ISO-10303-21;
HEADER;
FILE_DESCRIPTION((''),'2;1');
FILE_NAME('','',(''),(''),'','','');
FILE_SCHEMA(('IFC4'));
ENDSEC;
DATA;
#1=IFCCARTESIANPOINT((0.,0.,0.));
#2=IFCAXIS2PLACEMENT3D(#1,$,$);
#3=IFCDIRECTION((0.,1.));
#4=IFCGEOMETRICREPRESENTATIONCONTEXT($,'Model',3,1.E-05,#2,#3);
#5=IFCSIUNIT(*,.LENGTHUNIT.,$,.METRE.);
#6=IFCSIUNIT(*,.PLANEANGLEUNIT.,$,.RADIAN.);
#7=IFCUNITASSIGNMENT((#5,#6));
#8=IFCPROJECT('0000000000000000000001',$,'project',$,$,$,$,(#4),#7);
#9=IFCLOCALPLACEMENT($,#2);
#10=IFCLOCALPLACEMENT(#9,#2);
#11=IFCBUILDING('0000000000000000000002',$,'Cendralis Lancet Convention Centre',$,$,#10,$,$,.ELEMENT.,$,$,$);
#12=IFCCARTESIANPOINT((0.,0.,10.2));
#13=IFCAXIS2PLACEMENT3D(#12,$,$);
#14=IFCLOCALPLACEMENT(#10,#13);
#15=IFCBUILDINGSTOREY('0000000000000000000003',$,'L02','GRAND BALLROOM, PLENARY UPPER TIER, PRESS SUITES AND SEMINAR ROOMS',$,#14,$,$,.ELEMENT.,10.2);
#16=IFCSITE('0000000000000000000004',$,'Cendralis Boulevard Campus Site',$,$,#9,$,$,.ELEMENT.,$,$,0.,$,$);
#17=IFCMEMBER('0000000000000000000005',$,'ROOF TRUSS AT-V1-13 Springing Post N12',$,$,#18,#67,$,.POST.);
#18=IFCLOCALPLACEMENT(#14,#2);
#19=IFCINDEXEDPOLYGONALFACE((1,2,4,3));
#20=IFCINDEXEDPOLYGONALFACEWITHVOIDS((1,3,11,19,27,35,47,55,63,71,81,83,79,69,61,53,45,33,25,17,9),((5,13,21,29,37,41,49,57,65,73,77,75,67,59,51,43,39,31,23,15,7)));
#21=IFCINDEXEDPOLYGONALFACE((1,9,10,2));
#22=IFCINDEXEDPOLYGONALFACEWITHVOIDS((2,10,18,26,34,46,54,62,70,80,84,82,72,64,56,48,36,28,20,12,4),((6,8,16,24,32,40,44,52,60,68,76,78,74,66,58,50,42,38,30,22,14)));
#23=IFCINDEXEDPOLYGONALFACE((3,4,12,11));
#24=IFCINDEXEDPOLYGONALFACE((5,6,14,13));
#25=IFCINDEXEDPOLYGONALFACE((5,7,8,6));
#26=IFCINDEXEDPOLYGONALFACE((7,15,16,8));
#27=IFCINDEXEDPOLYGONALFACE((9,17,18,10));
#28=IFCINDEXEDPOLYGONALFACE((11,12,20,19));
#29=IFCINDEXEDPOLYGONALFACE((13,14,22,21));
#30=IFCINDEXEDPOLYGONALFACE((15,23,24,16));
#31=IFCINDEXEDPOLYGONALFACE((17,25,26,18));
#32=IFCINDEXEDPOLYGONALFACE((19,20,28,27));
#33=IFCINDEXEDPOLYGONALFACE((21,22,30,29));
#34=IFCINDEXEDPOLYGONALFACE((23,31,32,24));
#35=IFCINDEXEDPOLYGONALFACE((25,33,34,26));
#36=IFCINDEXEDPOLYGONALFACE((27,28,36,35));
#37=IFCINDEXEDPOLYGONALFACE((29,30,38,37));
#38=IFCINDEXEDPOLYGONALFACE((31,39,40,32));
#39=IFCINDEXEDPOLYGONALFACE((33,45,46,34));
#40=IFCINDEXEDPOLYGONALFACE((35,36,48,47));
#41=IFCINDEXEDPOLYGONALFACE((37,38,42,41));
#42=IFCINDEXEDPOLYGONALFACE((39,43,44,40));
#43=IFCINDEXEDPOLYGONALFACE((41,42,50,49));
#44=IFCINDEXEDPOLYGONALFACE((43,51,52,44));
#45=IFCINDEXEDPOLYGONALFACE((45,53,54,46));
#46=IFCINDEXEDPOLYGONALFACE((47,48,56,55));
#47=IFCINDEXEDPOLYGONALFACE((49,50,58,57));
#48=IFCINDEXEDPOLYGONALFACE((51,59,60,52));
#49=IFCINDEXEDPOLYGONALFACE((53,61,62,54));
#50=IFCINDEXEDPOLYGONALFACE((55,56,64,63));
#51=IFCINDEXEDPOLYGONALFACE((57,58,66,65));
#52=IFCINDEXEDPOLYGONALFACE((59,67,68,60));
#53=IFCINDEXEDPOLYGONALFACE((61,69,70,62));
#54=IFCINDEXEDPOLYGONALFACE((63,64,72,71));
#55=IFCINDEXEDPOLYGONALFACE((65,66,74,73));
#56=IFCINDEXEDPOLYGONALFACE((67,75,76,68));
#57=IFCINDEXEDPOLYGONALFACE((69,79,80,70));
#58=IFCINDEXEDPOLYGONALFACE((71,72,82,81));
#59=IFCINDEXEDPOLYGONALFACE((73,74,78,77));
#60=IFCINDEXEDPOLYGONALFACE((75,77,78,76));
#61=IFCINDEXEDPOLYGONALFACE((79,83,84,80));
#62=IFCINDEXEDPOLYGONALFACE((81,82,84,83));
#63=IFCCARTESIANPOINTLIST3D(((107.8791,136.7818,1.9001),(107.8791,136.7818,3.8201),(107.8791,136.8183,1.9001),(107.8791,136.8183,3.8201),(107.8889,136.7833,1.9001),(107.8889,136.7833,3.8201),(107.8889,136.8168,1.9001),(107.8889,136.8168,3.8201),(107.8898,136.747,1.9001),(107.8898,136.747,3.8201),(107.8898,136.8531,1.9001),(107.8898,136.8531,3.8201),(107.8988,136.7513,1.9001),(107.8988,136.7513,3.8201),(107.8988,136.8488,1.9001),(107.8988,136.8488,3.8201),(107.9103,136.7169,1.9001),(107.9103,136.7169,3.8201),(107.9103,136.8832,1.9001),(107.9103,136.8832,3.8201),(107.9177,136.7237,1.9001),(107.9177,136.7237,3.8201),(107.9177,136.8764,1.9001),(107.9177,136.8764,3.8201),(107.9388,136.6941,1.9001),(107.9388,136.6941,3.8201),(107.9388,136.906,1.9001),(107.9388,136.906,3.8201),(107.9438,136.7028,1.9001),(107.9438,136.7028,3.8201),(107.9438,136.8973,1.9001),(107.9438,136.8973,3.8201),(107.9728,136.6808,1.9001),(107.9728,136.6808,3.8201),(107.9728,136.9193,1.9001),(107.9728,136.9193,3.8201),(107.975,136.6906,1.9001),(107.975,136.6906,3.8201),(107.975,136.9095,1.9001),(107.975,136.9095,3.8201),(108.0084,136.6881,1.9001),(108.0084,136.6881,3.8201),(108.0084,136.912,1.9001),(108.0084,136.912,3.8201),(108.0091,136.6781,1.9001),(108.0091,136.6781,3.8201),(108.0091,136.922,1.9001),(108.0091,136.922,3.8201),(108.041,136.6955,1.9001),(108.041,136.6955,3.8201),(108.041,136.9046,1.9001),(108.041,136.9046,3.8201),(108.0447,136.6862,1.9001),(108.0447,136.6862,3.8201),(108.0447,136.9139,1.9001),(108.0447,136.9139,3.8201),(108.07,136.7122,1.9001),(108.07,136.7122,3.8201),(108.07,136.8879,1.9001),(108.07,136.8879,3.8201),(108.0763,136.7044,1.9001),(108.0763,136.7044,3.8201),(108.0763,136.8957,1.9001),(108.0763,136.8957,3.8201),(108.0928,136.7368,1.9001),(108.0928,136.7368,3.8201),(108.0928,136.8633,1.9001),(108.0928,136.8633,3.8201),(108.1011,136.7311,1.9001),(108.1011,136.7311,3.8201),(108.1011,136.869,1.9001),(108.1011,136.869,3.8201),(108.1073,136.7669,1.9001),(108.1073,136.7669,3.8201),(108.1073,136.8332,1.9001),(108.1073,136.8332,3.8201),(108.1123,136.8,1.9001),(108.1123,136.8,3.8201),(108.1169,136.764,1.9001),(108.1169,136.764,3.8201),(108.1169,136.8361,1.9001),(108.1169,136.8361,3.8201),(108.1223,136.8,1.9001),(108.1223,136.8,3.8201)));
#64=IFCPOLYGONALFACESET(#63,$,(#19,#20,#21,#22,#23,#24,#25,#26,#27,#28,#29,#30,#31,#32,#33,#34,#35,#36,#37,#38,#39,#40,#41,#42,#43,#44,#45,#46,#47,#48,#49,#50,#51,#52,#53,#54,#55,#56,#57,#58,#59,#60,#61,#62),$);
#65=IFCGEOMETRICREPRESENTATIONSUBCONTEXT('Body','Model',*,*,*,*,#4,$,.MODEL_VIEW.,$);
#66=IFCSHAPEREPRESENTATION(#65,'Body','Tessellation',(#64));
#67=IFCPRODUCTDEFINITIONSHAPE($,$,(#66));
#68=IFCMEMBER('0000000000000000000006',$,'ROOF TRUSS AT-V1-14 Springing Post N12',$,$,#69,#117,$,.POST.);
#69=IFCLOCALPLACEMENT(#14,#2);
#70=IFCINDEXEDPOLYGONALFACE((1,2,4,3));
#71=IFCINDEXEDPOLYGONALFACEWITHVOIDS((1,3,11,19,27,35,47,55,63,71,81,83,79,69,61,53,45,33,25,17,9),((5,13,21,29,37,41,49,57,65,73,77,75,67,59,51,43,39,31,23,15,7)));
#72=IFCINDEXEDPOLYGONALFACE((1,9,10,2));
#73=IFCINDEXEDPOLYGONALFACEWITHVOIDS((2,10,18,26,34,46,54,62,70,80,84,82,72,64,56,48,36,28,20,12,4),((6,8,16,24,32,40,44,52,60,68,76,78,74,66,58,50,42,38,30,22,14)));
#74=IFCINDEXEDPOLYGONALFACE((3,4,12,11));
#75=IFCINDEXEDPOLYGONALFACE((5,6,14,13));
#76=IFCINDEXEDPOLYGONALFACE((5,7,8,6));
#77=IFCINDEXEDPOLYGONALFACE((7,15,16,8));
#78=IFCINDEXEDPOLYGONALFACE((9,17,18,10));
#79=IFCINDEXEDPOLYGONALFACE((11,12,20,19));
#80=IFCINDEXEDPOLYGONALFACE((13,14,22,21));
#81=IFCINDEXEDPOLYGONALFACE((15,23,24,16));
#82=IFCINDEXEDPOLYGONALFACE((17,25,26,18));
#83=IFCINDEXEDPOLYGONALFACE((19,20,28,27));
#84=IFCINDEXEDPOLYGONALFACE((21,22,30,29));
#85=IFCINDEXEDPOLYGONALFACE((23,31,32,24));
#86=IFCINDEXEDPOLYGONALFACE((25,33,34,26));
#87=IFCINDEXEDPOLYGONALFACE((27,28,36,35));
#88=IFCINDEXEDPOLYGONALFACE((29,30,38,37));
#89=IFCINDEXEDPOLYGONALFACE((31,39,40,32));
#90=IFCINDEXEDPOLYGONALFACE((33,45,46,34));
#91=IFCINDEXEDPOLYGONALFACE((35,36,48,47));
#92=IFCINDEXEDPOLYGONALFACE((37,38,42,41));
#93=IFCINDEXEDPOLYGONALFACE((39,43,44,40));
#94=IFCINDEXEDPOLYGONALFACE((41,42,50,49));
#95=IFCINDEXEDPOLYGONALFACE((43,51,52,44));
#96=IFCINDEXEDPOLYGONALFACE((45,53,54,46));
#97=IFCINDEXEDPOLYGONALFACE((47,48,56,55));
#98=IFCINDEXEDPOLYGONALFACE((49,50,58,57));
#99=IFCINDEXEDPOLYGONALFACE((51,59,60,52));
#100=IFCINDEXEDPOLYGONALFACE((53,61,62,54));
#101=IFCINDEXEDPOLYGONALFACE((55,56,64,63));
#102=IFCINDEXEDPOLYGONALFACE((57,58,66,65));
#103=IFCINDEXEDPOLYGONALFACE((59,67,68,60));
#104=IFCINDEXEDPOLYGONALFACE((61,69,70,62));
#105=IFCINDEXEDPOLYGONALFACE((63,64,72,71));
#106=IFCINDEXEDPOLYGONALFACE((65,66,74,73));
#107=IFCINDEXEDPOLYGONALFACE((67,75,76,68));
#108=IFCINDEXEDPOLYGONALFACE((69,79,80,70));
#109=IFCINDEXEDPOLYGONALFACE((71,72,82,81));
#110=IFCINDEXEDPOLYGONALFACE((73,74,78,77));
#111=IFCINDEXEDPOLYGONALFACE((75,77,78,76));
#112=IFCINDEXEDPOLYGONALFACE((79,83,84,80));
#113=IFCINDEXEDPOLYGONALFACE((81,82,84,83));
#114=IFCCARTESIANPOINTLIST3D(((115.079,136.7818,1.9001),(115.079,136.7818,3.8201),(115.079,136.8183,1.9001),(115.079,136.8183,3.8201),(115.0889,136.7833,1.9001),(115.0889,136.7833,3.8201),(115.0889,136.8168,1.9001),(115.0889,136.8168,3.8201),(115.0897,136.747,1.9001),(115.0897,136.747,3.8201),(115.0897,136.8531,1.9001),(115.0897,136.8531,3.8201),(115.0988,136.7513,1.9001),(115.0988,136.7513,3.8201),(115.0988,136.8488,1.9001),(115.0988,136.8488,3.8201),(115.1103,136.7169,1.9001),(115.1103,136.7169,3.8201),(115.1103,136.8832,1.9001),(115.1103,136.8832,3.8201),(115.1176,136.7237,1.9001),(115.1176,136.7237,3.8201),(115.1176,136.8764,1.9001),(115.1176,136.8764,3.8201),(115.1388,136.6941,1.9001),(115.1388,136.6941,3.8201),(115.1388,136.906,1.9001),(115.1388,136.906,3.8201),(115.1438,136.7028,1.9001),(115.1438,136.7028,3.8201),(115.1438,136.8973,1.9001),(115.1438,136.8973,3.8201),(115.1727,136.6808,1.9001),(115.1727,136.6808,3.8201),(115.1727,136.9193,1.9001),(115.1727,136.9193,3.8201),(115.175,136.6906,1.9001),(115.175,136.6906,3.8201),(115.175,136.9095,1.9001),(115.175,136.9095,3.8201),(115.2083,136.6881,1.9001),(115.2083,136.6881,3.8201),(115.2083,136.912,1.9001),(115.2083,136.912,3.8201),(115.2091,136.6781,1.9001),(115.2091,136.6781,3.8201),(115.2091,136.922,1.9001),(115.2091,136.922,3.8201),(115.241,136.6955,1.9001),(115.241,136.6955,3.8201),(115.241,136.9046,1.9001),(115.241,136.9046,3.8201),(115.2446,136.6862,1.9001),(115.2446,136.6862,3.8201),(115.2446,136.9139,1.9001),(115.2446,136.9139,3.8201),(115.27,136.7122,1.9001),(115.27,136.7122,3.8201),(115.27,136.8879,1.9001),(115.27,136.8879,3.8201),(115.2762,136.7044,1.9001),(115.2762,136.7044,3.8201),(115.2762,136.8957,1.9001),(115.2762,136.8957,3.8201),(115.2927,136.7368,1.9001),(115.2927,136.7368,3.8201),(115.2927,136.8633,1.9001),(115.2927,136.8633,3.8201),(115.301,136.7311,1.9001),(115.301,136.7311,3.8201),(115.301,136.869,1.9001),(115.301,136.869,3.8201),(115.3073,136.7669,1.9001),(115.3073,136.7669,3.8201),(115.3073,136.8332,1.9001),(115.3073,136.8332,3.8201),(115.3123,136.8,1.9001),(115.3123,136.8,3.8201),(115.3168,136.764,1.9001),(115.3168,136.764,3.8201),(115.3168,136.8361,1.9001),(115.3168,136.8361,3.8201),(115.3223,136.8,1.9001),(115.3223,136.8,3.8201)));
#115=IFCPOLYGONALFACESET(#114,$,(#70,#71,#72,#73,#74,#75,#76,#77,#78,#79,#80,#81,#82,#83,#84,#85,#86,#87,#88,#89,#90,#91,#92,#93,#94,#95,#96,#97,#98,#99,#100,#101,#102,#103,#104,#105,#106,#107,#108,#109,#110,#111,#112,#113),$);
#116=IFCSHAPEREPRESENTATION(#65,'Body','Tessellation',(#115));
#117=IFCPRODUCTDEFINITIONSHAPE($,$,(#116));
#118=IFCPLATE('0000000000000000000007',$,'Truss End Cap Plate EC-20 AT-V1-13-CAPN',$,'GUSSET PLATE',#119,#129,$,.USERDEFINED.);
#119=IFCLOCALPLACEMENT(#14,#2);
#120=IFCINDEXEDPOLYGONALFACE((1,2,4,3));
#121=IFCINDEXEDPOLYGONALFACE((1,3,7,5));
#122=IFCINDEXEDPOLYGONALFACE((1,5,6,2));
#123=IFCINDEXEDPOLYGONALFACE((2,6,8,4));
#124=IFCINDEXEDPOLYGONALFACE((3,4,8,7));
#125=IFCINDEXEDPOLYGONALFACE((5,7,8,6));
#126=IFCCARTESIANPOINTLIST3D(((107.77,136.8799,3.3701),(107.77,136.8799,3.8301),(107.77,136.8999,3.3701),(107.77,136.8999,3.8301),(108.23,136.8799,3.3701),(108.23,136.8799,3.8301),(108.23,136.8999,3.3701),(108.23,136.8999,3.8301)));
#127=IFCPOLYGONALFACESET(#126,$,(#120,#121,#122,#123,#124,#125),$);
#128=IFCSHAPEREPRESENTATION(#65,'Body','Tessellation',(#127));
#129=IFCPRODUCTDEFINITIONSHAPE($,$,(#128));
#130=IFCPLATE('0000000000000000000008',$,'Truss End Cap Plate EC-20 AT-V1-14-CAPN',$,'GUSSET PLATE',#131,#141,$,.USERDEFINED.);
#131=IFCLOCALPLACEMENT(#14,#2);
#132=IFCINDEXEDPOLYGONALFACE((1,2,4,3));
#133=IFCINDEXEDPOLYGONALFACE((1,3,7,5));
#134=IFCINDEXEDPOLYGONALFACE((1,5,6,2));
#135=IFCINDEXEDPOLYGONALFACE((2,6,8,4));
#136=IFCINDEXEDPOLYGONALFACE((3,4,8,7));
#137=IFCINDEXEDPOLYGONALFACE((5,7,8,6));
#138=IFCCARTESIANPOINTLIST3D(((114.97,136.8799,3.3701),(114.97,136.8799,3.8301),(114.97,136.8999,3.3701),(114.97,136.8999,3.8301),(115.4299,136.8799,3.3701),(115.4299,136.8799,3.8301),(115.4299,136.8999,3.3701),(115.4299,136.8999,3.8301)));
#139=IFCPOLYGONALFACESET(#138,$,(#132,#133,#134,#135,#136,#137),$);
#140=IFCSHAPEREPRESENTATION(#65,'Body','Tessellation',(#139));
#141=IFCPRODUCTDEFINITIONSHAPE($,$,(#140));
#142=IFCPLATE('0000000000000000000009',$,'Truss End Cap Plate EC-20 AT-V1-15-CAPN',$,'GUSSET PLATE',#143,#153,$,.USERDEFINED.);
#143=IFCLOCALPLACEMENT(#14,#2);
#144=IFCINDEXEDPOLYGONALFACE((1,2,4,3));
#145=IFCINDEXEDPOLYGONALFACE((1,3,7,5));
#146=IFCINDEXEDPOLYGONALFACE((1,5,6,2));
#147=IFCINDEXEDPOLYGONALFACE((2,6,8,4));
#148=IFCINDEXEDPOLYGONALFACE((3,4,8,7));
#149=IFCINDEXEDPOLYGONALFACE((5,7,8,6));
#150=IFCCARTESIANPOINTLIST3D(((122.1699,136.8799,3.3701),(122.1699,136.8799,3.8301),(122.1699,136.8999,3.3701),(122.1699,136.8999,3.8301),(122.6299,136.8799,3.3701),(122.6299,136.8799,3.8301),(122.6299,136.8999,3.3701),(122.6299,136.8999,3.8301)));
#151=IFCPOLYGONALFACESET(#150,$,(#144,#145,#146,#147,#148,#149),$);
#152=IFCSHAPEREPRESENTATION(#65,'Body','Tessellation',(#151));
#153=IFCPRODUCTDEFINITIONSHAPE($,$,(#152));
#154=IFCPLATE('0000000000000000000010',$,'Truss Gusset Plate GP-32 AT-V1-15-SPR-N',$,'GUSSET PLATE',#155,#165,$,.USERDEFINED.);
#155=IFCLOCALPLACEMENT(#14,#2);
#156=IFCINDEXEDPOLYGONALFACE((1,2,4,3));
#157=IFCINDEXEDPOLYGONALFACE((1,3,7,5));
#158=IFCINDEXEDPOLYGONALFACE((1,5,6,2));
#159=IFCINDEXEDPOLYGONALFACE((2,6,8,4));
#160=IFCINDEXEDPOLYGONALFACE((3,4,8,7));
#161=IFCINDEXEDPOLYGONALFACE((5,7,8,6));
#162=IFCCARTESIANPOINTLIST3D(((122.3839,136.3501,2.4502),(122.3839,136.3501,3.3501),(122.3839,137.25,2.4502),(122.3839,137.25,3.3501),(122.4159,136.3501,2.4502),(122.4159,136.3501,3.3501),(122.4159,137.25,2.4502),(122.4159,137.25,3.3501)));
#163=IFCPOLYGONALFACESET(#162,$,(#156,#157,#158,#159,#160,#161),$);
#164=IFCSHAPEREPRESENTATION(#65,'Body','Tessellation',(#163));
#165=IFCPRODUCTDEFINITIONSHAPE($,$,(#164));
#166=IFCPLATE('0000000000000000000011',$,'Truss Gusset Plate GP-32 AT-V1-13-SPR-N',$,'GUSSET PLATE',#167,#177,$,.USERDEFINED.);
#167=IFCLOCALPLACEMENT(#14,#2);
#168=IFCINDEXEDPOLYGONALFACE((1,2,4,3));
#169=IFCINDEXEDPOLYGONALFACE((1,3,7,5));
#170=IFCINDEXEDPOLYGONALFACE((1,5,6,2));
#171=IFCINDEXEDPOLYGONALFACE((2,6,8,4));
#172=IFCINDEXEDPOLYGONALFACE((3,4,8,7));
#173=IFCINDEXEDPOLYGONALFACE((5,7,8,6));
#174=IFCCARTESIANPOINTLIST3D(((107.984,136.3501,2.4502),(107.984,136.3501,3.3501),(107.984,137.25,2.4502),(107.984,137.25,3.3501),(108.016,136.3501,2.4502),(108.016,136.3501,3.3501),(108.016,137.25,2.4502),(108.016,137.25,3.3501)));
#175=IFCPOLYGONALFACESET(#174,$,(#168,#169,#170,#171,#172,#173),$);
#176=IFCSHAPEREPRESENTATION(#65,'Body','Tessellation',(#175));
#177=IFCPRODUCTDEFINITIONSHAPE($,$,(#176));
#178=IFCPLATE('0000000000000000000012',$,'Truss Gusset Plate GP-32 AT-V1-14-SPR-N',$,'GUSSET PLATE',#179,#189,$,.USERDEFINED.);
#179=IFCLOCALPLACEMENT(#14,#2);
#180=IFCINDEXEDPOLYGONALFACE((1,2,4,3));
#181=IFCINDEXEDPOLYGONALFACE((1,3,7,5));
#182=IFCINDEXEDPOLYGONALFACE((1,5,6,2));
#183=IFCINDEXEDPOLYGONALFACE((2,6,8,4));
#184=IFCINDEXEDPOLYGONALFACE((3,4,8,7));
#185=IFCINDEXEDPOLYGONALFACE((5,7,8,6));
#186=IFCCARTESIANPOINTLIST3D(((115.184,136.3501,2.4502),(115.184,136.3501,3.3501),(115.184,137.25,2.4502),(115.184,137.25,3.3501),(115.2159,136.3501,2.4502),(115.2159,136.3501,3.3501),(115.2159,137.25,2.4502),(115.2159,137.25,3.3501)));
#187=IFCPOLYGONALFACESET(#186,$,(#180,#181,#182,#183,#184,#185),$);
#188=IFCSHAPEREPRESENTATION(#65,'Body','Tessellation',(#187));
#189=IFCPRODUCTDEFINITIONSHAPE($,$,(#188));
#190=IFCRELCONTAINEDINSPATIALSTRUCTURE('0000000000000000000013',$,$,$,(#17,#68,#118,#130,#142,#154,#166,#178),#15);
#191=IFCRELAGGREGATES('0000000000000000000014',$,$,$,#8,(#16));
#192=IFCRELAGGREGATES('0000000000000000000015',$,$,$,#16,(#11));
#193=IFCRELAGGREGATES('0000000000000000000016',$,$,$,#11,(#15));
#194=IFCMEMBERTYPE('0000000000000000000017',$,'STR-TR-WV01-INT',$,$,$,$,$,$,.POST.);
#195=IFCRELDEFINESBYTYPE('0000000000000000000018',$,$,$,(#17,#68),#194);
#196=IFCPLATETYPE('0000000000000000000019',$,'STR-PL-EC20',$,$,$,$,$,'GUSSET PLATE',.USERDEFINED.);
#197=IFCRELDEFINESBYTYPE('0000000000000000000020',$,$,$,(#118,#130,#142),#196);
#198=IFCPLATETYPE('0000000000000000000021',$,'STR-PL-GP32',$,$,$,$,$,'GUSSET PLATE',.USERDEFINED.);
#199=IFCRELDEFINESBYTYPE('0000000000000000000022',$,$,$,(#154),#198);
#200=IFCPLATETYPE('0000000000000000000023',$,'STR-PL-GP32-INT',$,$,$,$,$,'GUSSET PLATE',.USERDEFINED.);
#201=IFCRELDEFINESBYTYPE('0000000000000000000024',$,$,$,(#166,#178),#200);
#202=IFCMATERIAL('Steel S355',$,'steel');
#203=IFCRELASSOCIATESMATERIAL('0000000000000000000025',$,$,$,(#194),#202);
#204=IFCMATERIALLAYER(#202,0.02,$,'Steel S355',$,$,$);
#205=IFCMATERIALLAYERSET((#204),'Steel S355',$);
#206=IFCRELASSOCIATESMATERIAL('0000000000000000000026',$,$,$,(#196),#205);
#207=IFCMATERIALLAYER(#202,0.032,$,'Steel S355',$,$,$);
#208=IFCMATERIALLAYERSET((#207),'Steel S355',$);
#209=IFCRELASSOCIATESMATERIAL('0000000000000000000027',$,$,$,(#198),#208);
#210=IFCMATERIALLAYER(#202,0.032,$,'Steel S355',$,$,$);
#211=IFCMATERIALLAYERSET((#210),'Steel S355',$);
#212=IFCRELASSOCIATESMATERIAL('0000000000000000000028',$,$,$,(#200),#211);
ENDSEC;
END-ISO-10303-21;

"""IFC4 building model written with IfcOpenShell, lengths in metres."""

from ifc_helpers import new_model, si_unit, direction, frame, origin, origin_2d, place, context, subcontext, project, spatial, rectangle, hollow_circle, extrude, material, layer, layer_set, material_profile, profile_set, type_object, element, save


model = new_model("IFC4")

# Units and contexts
model_context = context("Model", 3, precision=1e-05, world=origin(), true_north=direction((0.0, 1.0)))
body_context = subcontext(model_context, "Body", "Model", "MODEL_VIEW")
ifc_project = project(units=[si_unit("LENGTHUNIT", "METRE"), si_unit("PLANEANGLEUNIT", "RADIAN")], contexts=[model_context])

# Site, building, storey
site_placement = place(None, origin())
site = spatial("IfcSite", under=ifc_project, at=site_placement, Name="Cendralis Boulevard Campus Site", CompositionType="ELEMENT", RefElevation=0.0)
building_placement = place(site_placement, origin())
building = spatial("IfcBuilding", under=site, at=building_placement, Name="Cendralis Lancet Convention Centre", CompositionType="ELEMENT")
storey_placement = place(building_placement, frame((0.0, 0.0, 10.2)))
storey = spatial("IfcBuildingStorey", under=building, at=storey_placement, Name="L02", Description="GRAND BALLROOM, PLENARY UPPER TIER, PRESS SUITES AND SEMINAR ROOMS", CompositionType="ELEMENT", Elevation=10.2)

# Members
ifc_material_1 = material(Name="Steel S355", Category="steel")
ifc_material_profile_1 = material_profile(ifc_material_1, hollow_circle(Radius=0.1223, WallThickness=0.01, at=origin_2d()), Name="CHS 244.5x10.0")
ifc_profile_set_1 = profile_set([ifc_material_profile_1], Name="Steel S355")
member_type_1 = type_object("IfcMemberType", Name="STR-TR-WV01-INT", PredefinedType="POST", material=ifc_profile_set_1)
for number, where, z_axis, x_axis, name in (
    (1, (108.0, 136.8, 1.9001), (0.0, 0.0, 1.0), (1.0, 0.0, 0.0), "ROOF TRUSS AT-V1-13 Springing Post N12"),
    (2, (115.2, 136.8, 1.9001), (0.0, 0.0, 1.0), (1.0, 0.0, 0.0), "ROOF TRUSS AT-V1-14 Springing Post N12"),
):
    element("IfcMember", number, at=place(storey_placement, frame(where, z_axis=z_axis, x_axis=x_axis)), inside=storey, type_object=member_type_1, Name=name, PredefinedType="POST", context=body_context, shape_type="SweptSolid", body=[
        extrude(hollow_circle(Radius=0.1223, WallThickness=0.01, at=origin_2d()), origin(), (0.0, 0.0, 1.0), 1.9199),
    ])

# Plates
ifc_layer_1 = layer(ifc_material_1, 0.02, Name="Steel S355")
ifc_layer_set_1 = layer_set([ifc_layer_1], Name="Steel S355")
plate_type_1 = type_object("IfcPlateType", Name="STR-PL-EC20", ElementType="GUSSET PLATE", PredefinedType="USERDEFINED", material=ifc_layer_set_1)
for number, where, z_axis, x_axis, name in (
    (3, (108.0, 136.8899, 3.3701), (0.0, 0.0, 1.0), (1.0, 0.0, 0.0), "Truss End Cap Plate EC-20 AT-V1-13-CAPN"),
    (4, (115.2, 136.8899, 3.3701), (0.0, 0.0, 1.0), (1.0, 0.0, 0.0), "Truss End Cap Plate EC-20 AT-V1-14-CAPN"),
    (5, (122.3999, 136.8899, 3.3701), (0.0, 0.0, 1.0), (1.0, 0.0, 0.0), "Truss End Cap Plate EC-20 AT-V1-15-CAPN"),
):
    element("IfcPlate", number, at=place(storey_placement, frame(where, z_axis=z_axis, x_axis=x_axis)), inside=storey, type_object=plate_type_1, Name=name, ObjectType="GUSSET PLATE", PredefinedType="USERDEFINED", context=body_context, shape_type="SweptSolid", body=[
        extrude(rectangle(XDim=0.46, YDim=0.02, at=origin_2d()), origin(), (0.0, 0.0, 1.0), 0.46),
    ])
ifc_layer_2 = layer(ifc_material_1, 0.032, Name="Steel S355")
ifc_layer_set_2 = layer_set([ifc_layer_2], Name="Steel S355")
plate_type_2 = type_object("IfcPlateType", Name="STR-PL-GP32", ElementType="GUSSET PLATE", PredefinedType="USERDEFINED", material=ifc_layer_set_2)
plate_placement = place(storey_placement, frame((122.3999, 136.8, 2.4502), z_axis=(0.0, 0.0, 1.0), x_axis=(0.0, 1.0, 0.0)))
element("IfcPlate", 6, at=plate_placement, inside=storey, type_object=plate_type_2, Name="Truss Gusset Plate GP-32 AT-V1-15-SPR-N", ObjectType="GUSSET PLATE", PredefinedType="USERDEFINED", context=body_context, shape_type="SweptSolid", body=[
    extrude(rectangle(XDim=0.8999, YDim=0.032, at=origin_2d()), origin(), (0.0, 0.0, 1.0), 0.8999),
])
ifc_layer_3 = layer(ifc_material_1, 0.032, Name="Steel S355")
ifc_layer_set_3 = layer_set([ifc_layer_3], Name="Steel S355")
plate_type_3 = type_object("IfcPlateType", Name="STR-PL-GP32-INT", ElementType="GUSSET PLATE", PredefinedType="USERDEFINED", material=ifc_layer_set_3)
for number, where, z_axis, x_axis, name in (
    (7, (108.0, 136.8, 2.4502), (0.0, 0.0, 1.0), (0.0, 1.0, 0.0), "Truss Gusset Plate GP-32 AT-V1-13-SPR-N"),
    (8, (115.2, 136.8, 2.4502), (0.0, 0.0, 1.0), (0.0, 1.0, 0.0), "Truss Gusset Plate GP-32 AT-V1-14-SPR-N"),
):
    element("IfcPlate", number, at=place(storey_placement, frame(where, z_axis=z_axis, x_axis=x_axis)), inside=storey, type_object=plate_type_3, Name=name, ObjectType="GUSSET PLATE", PredefinedType="USERDEFINED", context=body_context, shape_type="SweptSolid", body=[
        extrude(rectangle(XDim=0.8999, YDim=0.032, at=origin_2d()), origin(), (0.0, 0.0, 1.0), 0.8999),
    ])

save(model, "model.ifc")
